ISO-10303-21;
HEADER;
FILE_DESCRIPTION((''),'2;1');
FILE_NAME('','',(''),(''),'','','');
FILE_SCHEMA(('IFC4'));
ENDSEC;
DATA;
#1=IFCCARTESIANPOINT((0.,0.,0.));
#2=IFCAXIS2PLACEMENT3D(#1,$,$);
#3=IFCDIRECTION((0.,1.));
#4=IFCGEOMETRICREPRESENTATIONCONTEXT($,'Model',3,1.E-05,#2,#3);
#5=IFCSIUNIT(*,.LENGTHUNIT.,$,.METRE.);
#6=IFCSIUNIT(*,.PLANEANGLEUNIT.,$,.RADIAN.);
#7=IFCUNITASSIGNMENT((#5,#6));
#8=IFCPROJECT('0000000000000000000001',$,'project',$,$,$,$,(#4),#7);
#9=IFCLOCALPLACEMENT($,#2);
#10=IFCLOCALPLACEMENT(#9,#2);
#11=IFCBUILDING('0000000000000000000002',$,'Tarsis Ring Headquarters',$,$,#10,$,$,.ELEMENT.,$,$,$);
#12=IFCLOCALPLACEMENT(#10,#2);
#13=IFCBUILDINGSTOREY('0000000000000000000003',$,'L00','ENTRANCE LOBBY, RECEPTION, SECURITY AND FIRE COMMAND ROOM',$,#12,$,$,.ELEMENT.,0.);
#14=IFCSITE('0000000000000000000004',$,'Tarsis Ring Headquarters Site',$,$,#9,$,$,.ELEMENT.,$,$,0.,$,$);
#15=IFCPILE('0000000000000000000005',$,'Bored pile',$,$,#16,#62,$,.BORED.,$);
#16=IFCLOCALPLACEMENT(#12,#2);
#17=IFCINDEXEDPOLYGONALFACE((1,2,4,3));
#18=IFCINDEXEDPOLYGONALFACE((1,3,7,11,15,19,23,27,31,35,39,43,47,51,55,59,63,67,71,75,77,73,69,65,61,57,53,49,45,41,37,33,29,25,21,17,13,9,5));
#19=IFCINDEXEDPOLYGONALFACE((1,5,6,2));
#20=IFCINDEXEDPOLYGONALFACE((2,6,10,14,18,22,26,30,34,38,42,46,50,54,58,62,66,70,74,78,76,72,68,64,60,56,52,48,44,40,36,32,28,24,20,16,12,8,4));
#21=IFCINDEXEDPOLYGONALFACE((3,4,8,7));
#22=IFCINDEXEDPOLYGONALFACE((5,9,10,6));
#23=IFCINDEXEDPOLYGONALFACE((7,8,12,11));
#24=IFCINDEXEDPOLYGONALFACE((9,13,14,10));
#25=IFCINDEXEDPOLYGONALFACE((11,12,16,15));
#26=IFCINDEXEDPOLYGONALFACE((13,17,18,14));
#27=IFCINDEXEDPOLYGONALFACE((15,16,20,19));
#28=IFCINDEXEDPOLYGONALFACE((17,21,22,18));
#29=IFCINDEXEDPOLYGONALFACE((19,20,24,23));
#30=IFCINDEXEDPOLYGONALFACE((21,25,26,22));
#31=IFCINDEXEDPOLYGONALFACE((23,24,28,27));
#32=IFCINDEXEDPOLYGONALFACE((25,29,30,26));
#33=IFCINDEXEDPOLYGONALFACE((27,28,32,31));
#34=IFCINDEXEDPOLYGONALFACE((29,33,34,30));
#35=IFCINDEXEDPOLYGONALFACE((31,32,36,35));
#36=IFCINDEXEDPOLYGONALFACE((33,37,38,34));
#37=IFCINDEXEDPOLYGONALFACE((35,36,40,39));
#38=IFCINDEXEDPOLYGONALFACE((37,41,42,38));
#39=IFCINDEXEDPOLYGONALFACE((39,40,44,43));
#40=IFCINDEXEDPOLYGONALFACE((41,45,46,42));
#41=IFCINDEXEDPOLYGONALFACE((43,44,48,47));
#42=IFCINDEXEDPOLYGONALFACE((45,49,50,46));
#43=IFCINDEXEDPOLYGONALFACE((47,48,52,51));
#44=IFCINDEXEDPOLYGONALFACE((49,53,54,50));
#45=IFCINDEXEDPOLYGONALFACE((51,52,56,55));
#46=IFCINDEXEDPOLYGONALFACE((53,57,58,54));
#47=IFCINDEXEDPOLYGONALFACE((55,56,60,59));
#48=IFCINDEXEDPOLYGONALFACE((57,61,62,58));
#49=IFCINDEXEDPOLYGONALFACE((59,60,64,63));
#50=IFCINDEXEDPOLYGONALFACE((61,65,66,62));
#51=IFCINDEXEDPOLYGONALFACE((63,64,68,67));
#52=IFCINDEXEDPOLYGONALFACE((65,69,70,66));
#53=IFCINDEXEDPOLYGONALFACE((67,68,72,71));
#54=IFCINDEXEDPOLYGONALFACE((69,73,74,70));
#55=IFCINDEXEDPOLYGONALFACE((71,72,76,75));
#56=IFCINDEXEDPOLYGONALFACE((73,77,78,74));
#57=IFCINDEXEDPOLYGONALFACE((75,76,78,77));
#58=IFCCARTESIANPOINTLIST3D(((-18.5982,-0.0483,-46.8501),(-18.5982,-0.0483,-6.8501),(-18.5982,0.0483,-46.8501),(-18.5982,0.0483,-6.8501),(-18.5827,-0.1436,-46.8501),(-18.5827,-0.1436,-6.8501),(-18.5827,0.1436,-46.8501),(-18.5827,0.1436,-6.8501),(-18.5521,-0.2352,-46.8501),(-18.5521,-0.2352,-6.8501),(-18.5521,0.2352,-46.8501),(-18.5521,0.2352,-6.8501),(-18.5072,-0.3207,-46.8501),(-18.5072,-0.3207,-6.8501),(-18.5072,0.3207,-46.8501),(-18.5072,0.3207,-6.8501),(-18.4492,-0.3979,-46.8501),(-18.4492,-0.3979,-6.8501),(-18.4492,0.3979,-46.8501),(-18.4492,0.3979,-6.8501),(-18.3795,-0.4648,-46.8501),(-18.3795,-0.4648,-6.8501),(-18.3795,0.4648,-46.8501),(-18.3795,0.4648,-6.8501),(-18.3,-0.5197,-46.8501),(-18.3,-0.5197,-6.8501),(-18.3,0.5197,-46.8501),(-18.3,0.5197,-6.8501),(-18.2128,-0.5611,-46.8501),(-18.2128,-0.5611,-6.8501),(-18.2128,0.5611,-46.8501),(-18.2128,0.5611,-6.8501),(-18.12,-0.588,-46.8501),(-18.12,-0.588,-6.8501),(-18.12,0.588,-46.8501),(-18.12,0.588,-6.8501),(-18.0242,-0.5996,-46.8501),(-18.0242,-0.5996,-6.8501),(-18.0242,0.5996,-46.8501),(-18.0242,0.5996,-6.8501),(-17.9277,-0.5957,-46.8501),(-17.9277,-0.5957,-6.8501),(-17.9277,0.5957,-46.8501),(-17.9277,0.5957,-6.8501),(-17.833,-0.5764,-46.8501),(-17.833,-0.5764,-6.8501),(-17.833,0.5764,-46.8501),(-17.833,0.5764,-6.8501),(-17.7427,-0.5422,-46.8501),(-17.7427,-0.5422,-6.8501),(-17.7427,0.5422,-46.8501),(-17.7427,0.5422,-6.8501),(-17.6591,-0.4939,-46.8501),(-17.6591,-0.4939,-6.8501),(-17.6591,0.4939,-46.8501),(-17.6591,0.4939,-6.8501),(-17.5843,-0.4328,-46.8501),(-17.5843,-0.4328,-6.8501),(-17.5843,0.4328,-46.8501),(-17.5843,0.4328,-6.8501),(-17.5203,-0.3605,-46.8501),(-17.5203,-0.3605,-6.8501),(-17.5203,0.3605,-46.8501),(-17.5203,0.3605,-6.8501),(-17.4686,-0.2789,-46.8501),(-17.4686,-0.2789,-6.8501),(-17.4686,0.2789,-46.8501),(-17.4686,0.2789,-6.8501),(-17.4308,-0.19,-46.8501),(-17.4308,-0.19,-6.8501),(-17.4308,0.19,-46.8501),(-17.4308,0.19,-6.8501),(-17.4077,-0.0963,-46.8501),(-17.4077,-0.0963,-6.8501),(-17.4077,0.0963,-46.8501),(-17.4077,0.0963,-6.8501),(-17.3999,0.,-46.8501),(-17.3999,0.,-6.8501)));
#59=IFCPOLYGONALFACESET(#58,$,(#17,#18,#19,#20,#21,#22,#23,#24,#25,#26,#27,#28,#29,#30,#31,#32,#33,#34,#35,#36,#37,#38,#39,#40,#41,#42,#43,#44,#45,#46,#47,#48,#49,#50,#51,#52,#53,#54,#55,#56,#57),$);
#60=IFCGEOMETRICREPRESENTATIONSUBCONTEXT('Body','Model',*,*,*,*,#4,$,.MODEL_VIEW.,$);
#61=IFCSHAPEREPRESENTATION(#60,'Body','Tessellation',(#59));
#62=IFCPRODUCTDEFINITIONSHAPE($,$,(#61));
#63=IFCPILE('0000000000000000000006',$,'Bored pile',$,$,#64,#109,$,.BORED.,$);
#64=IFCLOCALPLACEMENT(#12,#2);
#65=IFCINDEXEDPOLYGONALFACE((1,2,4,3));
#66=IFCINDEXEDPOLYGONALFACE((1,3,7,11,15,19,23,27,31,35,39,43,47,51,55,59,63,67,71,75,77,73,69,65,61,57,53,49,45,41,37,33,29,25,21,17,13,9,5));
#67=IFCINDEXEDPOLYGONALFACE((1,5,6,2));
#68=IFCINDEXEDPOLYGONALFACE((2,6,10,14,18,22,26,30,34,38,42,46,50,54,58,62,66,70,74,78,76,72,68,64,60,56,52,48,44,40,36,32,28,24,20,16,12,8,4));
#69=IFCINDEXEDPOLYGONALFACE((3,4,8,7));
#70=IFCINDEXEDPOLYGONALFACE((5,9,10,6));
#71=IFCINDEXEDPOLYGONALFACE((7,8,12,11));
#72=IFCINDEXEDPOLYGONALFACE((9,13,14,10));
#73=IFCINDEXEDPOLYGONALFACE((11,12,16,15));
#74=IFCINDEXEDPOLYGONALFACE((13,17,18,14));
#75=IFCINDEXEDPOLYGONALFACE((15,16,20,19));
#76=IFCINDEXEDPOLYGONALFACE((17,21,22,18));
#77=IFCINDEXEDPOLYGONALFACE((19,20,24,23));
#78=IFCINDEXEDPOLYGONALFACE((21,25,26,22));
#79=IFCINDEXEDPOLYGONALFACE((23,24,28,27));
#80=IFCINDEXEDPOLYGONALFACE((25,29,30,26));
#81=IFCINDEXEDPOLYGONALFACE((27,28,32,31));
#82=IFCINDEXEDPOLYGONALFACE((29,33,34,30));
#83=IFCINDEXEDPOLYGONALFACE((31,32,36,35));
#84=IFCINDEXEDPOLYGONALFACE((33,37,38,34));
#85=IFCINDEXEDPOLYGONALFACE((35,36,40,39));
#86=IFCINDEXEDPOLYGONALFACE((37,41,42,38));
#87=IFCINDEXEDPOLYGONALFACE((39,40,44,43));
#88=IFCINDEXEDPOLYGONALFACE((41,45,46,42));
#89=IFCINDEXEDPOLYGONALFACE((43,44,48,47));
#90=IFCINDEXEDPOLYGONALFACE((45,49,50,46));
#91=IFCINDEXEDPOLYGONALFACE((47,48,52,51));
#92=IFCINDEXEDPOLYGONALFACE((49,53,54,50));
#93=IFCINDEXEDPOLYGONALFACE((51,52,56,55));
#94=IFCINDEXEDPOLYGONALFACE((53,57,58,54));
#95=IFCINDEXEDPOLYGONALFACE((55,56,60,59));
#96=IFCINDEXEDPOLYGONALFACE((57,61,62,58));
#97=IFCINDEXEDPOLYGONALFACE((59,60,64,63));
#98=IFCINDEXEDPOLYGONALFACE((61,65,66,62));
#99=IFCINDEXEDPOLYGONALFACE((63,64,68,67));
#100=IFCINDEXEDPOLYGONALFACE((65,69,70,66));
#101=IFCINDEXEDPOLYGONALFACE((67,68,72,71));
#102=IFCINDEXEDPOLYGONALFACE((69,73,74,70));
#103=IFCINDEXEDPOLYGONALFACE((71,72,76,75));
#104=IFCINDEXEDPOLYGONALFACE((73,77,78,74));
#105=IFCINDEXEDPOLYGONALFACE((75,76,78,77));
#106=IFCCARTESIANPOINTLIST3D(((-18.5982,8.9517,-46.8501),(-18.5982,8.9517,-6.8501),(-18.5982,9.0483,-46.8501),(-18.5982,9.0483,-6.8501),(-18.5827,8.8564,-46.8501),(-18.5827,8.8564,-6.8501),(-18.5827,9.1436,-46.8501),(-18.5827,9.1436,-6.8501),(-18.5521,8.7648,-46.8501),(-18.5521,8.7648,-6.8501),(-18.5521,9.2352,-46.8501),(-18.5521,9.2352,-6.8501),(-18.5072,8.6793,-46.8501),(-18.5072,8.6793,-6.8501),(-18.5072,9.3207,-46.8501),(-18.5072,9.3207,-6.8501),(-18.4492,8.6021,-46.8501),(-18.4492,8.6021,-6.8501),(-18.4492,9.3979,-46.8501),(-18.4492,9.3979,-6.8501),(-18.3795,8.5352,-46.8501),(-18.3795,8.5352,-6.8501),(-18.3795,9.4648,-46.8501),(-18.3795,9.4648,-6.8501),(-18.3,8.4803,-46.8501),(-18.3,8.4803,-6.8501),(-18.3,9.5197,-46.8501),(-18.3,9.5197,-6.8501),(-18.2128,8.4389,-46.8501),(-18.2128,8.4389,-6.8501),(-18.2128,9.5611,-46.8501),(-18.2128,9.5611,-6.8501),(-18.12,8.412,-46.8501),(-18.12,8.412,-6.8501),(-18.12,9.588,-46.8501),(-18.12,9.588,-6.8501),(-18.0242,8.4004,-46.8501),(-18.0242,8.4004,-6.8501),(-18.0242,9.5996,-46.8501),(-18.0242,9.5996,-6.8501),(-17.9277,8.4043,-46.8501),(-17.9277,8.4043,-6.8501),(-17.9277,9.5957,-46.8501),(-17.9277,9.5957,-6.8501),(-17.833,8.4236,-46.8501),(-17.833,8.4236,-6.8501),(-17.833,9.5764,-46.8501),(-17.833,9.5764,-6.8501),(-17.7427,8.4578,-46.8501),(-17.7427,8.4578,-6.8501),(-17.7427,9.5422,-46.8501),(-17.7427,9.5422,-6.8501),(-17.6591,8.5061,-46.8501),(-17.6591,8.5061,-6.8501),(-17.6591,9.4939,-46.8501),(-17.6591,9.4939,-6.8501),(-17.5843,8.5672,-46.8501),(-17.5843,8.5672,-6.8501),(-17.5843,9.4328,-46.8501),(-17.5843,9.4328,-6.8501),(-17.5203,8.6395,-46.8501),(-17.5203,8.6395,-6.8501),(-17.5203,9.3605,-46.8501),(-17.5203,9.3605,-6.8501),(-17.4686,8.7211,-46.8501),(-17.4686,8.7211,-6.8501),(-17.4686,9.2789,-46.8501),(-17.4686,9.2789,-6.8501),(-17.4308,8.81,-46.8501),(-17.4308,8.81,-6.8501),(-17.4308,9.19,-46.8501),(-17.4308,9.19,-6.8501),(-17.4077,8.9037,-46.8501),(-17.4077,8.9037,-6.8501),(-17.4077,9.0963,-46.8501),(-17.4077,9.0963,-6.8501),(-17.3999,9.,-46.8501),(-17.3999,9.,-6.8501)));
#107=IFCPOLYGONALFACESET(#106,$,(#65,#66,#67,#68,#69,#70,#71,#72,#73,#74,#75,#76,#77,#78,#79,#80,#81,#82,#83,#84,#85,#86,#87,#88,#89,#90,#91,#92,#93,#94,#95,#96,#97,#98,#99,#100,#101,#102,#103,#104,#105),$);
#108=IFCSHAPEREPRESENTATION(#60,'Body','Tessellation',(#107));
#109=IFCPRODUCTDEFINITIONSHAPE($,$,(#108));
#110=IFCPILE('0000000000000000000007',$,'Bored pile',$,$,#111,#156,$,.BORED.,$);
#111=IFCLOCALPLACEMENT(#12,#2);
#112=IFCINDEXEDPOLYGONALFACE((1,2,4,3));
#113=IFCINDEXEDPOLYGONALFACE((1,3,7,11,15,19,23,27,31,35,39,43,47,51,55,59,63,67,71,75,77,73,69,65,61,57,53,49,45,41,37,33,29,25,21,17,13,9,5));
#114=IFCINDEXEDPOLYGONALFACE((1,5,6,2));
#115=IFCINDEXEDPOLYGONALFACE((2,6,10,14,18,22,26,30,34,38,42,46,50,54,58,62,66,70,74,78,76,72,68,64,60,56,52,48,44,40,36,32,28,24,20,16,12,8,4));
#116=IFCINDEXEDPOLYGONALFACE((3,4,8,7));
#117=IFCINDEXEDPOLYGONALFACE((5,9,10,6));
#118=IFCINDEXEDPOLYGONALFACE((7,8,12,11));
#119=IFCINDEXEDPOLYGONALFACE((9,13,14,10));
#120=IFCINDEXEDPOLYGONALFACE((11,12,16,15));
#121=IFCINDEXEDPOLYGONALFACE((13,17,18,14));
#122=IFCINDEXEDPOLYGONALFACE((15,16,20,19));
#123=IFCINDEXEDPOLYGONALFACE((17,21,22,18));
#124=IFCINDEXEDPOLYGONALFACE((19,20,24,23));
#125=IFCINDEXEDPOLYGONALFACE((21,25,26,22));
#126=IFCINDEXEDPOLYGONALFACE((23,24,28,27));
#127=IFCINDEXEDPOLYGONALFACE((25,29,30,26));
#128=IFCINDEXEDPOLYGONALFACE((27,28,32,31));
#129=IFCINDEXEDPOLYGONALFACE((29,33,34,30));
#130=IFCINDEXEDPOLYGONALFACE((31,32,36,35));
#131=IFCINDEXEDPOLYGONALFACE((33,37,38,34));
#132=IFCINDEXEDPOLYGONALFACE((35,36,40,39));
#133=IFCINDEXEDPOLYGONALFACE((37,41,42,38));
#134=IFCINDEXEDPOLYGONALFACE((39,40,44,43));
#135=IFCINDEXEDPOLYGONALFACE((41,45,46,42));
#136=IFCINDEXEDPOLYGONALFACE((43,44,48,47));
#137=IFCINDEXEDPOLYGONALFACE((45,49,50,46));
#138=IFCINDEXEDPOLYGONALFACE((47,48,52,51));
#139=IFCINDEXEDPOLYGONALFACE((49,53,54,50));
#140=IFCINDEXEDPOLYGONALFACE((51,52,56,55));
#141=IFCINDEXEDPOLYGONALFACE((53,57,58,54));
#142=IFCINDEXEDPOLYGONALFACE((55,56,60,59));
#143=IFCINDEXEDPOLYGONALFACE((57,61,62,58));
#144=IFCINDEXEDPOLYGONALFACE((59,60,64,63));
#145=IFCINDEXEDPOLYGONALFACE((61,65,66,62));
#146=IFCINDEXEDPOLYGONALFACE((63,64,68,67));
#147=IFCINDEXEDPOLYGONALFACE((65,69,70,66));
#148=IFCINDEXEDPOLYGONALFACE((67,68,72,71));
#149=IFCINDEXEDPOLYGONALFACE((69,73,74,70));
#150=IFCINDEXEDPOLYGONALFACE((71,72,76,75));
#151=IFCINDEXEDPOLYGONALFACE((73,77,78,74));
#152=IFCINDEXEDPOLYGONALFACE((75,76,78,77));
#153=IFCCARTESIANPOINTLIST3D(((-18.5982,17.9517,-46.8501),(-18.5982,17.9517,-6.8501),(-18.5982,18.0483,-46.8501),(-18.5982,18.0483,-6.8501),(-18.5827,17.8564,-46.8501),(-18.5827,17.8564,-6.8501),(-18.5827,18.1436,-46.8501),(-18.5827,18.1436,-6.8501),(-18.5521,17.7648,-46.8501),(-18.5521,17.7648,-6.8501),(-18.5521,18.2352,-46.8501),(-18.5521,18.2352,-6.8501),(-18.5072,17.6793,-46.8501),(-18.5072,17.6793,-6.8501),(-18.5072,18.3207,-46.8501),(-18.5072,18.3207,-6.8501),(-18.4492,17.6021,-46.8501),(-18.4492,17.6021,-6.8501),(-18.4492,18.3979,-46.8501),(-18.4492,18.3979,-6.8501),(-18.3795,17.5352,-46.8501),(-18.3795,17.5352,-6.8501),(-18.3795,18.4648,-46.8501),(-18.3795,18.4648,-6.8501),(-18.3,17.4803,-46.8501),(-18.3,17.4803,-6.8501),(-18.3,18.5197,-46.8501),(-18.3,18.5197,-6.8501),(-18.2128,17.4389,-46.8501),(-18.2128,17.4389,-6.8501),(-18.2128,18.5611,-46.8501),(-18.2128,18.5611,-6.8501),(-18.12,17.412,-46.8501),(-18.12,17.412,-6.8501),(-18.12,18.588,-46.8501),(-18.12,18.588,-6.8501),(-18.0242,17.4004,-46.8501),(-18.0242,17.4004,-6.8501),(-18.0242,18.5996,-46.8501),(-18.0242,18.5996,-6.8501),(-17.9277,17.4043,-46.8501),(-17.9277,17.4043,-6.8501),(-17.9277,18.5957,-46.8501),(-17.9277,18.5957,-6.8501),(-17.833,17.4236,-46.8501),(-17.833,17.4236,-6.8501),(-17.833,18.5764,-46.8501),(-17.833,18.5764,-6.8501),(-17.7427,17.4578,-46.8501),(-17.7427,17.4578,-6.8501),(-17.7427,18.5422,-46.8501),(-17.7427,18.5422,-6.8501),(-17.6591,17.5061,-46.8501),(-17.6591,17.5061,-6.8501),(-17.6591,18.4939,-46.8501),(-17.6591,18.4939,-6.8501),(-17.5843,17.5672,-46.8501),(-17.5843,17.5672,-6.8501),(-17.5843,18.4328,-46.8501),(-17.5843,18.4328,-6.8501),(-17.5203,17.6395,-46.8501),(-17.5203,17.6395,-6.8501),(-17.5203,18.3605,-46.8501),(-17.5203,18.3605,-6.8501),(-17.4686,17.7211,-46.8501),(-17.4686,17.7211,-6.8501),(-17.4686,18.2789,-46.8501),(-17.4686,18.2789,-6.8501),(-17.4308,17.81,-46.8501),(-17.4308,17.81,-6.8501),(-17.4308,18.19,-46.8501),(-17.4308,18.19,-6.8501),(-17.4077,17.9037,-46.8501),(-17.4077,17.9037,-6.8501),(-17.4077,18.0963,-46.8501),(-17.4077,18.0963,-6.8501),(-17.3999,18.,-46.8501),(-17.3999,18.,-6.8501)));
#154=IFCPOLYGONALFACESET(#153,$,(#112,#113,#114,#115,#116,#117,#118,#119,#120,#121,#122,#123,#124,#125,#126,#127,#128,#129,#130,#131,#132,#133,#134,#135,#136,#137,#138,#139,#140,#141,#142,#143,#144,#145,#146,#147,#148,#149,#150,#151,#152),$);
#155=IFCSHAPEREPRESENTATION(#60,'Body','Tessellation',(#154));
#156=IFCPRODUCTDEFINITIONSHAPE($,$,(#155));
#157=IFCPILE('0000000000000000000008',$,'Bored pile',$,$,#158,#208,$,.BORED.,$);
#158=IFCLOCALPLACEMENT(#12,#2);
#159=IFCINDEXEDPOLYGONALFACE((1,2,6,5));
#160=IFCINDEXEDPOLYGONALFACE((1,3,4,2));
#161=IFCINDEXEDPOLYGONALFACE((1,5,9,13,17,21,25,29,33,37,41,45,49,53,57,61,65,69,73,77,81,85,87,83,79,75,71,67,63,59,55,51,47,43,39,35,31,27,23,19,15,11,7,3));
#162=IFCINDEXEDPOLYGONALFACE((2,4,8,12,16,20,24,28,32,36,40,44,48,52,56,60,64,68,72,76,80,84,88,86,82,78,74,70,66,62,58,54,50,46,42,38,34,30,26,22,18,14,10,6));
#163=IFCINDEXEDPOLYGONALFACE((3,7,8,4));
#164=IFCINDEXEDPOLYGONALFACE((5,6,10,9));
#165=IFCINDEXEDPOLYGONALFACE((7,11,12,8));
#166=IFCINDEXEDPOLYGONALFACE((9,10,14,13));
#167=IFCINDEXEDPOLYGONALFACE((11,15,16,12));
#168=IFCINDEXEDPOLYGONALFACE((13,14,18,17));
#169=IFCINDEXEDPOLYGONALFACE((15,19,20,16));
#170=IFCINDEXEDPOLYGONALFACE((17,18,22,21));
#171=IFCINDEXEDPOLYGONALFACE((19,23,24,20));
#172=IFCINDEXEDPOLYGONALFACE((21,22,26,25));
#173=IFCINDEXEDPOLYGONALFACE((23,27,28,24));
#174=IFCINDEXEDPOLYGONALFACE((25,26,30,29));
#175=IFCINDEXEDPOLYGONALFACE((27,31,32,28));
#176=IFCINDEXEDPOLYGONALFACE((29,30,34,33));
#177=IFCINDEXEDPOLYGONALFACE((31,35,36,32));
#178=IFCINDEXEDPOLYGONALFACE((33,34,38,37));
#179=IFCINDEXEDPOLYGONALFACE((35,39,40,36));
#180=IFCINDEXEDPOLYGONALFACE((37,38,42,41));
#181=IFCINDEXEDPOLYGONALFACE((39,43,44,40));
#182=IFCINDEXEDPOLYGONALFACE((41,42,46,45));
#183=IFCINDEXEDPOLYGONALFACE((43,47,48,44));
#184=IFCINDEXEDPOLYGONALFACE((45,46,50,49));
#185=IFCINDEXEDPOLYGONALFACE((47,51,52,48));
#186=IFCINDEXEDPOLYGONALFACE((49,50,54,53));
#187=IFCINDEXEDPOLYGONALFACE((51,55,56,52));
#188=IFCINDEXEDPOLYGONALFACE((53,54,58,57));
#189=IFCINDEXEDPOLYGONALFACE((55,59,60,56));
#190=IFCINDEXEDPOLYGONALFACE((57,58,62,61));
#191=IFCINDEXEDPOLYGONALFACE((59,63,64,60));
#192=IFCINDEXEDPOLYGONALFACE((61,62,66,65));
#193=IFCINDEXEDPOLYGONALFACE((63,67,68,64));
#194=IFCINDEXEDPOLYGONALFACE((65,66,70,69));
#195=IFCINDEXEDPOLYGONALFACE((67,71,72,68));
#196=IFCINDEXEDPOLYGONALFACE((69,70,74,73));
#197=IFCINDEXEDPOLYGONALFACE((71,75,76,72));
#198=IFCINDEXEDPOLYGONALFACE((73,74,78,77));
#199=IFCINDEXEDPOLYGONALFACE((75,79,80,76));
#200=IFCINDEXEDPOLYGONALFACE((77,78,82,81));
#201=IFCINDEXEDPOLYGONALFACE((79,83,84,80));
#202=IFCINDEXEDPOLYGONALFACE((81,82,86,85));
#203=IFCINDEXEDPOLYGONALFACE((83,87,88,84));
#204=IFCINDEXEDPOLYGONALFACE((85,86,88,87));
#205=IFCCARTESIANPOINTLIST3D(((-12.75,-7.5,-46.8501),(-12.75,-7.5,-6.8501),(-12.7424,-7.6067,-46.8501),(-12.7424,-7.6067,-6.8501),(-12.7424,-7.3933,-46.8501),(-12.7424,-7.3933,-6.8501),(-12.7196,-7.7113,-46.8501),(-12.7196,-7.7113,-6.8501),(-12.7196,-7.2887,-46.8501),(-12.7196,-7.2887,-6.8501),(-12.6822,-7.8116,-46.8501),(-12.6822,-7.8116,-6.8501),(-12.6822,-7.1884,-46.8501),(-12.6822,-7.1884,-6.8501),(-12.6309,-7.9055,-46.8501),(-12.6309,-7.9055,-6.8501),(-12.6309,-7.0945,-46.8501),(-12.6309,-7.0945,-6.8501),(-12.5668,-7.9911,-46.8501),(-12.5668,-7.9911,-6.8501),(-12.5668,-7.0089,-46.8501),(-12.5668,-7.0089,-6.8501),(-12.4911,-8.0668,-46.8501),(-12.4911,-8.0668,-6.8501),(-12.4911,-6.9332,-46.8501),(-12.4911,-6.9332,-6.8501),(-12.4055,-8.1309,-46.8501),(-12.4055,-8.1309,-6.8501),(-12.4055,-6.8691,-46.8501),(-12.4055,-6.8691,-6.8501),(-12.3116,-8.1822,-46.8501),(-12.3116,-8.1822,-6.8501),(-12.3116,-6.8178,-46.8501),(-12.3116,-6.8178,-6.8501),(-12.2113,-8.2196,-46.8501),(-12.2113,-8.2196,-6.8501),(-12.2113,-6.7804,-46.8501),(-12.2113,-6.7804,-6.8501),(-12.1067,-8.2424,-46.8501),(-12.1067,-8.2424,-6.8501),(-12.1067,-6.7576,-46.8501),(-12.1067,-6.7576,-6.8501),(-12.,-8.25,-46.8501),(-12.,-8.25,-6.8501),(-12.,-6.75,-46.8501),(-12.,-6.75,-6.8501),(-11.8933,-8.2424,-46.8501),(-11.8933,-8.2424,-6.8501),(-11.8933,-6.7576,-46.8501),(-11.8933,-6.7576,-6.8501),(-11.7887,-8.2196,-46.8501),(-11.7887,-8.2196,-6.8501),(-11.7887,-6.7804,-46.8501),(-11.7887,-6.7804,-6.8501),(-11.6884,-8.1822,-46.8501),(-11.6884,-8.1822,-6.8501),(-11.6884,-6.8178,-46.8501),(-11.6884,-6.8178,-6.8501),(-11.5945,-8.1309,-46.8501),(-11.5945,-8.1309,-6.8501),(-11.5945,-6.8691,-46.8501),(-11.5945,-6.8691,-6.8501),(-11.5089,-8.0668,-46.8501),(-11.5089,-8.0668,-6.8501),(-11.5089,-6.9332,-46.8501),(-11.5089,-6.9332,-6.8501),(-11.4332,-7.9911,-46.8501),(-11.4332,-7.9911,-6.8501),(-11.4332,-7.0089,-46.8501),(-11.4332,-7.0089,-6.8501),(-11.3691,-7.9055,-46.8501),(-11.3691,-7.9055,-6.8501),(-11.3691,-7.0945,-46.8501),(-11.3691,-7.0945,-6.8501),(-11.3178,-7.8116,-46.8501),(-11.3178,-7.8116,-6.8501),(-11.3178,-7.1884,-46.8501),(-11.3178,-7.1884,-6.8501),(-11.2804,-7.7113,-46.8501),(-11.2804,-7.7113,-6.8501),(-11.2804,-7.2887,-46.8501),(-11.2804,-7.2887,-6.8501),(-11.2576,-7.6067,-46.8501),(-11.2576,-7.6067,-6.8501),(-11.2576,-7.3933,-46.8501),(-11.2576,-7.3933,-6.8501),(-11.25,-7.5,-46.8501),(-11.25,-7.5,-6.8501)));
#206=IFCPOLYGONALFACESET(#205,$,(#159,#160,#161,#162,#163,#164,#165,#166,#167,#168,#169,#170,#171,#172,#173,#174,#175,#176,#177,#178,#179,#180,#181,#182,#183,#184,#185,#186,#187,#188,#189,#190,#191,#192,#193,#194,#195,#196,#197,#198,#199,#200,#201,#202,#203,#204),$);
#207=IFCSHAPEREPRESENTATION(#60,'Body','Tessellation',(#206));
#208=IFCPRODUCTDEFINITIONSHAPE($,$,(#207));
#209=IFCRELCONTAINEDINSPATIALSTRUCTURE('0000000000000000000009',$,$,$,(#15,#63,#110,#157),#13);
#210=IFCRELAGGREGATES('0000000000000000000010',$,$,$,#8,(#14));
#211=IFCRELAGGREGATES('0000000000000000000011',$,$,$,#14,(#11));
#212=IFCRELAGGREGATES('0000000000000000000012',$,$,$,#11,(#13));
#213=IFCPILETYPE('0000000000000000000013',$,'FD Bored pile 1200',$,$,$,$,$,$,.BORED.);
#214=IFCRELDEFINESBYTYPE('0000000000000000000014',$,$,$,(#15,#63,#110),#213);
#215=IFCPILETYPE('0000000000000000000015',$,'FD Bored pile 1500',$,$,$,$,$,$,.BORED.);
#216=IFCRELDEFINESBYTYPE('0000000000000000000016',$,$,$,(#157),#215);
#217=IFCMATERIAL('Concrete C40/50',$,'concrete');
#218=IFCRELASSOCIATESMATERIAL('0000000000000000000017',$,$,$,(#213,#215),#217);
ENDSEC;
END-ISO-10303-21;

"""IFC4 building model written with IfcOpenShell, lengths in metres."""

from ifc_helpers import new_model, si_unit, direction, frame, origin, origin_2d, place, context, subcontext, project, spatial, circle, extrude, material, material_profile, profile_set, type_object, element, save


model = new_model("IFC4")

# Units and contexts
model_context = context("Model", 3, precision=1e-05, world=origin(), true_north=direction((0.0, 1.0)))
body_context = subcontext(model_context, "Body", "Model", "MODEL_VIEW")
ifc_project = project(units=[si_unit("LENGTHUNIT", "METRE"), si_unit("PLANEANGLEUNIT", "RADIAN")], contexts=[model_context])

# Site, building, storey
site_placement = place(None, origin())
site = spatial("IfcSite", under=ifc_project, at=site_placement, Name="Tarsis Ring Headquarters Site", CompositionType="ELEMENT", RefElevation=0.0)
building_placement = place(site_placement, origin())
building = spatial("IfcBuilding", under=site, at=building_placement, Name="Tarsis Ring Headquarters", CompositionType="ELEMENT")
storey_placement = place(building_placement, origin())
storey = spatial("IfcBuildingStorey", under=building, at=storey_placement, Name="L00", Description="ENTRANCE LOBBY, RECEPTION, SECURITY AND FIRE COMMAND ROOM", CompositionType="ELEMENT", Elevation=0.0)

# Piles
ifc_material_1 = material(Name="Concrete C40/50", Category="concrete")
ifc_material_profile_1 = material_profile(ifc_material_1, circle(Radius=0.6001, at=origin_2d()), Name="BORED 1200")
ifc_profile_set_1 = profile_set([ifc_material_profile_1], Name="Concrete C40/50")
pile_type_1 = type_object("IfcPileType", Name="FD Bored pile 1200", PredefinedType="BORED", material=ifc_profile_set_1)
for number, where, z_axis, x_axis, name in (
    (1, (-18.0, 0.0, -6.8501), (0.0, 0.0, -1.0), (1.0, 0.0, 0.0), "Bored pile"),
    (2, (-18.0, 9.0, -6.8501), (0.0, 0.0, -1.0), (1.0, 0.0, 0.0), "Bored pile"),
    (3, (-18.0, 18.0, -6.8501), (0.0, 0.0, -1.0), (1.0, 0.0, 0.0), "Bored pile"),
):
    element("IfcPile", number, at=place(storey_placement, frame(where, z_axis=z_axis, x_axis=x_axis)), inside=storey, type_object=pile_type_1, Name=name, PredefinedType="BORED", context=body_context, shape_type="SweptSolid", body=[
        extrude(circle(Radius=0.6001, at=origin_2d()), origin(), (0.0, 0.0, 1.0), 40.0),
    ])
ifc_material_profile_2 = material_profile(ifc_material_1, circle(Radius=0.75, at=origin_2d()), Name="BORED 1500")
ifc_profile_set_2 = profile_set([ifc_material_profile_2], Name="Concrete C40/50")
pile_type_2 = type_object("IfcPileType", Name="FD Bored pile 1500", PredefinedType="BORED", material=ifc_profile_set_2)
for number, where, z_axis, x_axis, name in (
    (4, (-12.0, -7.5, -6.8501), (0.0, 0.0, -1.0), (1.0, 0.0, 0.0), "Bored pile"),
):
    element("IfcPile", number, at=place(storey_placement, frame(where, z_axis=z_axis, x_axis=x_axis)), inside=storey, type_object=pile_type_2, Name=name, PredefinedType="BORED", context=body_context, shape_type="SweptSolid", body=[
        extrude(circle(Radius=0.75, at=origin_2d()), origin(), (0.0, 0.0, 1.0), 40.0),
    ])

save(model, "model.ifc")
